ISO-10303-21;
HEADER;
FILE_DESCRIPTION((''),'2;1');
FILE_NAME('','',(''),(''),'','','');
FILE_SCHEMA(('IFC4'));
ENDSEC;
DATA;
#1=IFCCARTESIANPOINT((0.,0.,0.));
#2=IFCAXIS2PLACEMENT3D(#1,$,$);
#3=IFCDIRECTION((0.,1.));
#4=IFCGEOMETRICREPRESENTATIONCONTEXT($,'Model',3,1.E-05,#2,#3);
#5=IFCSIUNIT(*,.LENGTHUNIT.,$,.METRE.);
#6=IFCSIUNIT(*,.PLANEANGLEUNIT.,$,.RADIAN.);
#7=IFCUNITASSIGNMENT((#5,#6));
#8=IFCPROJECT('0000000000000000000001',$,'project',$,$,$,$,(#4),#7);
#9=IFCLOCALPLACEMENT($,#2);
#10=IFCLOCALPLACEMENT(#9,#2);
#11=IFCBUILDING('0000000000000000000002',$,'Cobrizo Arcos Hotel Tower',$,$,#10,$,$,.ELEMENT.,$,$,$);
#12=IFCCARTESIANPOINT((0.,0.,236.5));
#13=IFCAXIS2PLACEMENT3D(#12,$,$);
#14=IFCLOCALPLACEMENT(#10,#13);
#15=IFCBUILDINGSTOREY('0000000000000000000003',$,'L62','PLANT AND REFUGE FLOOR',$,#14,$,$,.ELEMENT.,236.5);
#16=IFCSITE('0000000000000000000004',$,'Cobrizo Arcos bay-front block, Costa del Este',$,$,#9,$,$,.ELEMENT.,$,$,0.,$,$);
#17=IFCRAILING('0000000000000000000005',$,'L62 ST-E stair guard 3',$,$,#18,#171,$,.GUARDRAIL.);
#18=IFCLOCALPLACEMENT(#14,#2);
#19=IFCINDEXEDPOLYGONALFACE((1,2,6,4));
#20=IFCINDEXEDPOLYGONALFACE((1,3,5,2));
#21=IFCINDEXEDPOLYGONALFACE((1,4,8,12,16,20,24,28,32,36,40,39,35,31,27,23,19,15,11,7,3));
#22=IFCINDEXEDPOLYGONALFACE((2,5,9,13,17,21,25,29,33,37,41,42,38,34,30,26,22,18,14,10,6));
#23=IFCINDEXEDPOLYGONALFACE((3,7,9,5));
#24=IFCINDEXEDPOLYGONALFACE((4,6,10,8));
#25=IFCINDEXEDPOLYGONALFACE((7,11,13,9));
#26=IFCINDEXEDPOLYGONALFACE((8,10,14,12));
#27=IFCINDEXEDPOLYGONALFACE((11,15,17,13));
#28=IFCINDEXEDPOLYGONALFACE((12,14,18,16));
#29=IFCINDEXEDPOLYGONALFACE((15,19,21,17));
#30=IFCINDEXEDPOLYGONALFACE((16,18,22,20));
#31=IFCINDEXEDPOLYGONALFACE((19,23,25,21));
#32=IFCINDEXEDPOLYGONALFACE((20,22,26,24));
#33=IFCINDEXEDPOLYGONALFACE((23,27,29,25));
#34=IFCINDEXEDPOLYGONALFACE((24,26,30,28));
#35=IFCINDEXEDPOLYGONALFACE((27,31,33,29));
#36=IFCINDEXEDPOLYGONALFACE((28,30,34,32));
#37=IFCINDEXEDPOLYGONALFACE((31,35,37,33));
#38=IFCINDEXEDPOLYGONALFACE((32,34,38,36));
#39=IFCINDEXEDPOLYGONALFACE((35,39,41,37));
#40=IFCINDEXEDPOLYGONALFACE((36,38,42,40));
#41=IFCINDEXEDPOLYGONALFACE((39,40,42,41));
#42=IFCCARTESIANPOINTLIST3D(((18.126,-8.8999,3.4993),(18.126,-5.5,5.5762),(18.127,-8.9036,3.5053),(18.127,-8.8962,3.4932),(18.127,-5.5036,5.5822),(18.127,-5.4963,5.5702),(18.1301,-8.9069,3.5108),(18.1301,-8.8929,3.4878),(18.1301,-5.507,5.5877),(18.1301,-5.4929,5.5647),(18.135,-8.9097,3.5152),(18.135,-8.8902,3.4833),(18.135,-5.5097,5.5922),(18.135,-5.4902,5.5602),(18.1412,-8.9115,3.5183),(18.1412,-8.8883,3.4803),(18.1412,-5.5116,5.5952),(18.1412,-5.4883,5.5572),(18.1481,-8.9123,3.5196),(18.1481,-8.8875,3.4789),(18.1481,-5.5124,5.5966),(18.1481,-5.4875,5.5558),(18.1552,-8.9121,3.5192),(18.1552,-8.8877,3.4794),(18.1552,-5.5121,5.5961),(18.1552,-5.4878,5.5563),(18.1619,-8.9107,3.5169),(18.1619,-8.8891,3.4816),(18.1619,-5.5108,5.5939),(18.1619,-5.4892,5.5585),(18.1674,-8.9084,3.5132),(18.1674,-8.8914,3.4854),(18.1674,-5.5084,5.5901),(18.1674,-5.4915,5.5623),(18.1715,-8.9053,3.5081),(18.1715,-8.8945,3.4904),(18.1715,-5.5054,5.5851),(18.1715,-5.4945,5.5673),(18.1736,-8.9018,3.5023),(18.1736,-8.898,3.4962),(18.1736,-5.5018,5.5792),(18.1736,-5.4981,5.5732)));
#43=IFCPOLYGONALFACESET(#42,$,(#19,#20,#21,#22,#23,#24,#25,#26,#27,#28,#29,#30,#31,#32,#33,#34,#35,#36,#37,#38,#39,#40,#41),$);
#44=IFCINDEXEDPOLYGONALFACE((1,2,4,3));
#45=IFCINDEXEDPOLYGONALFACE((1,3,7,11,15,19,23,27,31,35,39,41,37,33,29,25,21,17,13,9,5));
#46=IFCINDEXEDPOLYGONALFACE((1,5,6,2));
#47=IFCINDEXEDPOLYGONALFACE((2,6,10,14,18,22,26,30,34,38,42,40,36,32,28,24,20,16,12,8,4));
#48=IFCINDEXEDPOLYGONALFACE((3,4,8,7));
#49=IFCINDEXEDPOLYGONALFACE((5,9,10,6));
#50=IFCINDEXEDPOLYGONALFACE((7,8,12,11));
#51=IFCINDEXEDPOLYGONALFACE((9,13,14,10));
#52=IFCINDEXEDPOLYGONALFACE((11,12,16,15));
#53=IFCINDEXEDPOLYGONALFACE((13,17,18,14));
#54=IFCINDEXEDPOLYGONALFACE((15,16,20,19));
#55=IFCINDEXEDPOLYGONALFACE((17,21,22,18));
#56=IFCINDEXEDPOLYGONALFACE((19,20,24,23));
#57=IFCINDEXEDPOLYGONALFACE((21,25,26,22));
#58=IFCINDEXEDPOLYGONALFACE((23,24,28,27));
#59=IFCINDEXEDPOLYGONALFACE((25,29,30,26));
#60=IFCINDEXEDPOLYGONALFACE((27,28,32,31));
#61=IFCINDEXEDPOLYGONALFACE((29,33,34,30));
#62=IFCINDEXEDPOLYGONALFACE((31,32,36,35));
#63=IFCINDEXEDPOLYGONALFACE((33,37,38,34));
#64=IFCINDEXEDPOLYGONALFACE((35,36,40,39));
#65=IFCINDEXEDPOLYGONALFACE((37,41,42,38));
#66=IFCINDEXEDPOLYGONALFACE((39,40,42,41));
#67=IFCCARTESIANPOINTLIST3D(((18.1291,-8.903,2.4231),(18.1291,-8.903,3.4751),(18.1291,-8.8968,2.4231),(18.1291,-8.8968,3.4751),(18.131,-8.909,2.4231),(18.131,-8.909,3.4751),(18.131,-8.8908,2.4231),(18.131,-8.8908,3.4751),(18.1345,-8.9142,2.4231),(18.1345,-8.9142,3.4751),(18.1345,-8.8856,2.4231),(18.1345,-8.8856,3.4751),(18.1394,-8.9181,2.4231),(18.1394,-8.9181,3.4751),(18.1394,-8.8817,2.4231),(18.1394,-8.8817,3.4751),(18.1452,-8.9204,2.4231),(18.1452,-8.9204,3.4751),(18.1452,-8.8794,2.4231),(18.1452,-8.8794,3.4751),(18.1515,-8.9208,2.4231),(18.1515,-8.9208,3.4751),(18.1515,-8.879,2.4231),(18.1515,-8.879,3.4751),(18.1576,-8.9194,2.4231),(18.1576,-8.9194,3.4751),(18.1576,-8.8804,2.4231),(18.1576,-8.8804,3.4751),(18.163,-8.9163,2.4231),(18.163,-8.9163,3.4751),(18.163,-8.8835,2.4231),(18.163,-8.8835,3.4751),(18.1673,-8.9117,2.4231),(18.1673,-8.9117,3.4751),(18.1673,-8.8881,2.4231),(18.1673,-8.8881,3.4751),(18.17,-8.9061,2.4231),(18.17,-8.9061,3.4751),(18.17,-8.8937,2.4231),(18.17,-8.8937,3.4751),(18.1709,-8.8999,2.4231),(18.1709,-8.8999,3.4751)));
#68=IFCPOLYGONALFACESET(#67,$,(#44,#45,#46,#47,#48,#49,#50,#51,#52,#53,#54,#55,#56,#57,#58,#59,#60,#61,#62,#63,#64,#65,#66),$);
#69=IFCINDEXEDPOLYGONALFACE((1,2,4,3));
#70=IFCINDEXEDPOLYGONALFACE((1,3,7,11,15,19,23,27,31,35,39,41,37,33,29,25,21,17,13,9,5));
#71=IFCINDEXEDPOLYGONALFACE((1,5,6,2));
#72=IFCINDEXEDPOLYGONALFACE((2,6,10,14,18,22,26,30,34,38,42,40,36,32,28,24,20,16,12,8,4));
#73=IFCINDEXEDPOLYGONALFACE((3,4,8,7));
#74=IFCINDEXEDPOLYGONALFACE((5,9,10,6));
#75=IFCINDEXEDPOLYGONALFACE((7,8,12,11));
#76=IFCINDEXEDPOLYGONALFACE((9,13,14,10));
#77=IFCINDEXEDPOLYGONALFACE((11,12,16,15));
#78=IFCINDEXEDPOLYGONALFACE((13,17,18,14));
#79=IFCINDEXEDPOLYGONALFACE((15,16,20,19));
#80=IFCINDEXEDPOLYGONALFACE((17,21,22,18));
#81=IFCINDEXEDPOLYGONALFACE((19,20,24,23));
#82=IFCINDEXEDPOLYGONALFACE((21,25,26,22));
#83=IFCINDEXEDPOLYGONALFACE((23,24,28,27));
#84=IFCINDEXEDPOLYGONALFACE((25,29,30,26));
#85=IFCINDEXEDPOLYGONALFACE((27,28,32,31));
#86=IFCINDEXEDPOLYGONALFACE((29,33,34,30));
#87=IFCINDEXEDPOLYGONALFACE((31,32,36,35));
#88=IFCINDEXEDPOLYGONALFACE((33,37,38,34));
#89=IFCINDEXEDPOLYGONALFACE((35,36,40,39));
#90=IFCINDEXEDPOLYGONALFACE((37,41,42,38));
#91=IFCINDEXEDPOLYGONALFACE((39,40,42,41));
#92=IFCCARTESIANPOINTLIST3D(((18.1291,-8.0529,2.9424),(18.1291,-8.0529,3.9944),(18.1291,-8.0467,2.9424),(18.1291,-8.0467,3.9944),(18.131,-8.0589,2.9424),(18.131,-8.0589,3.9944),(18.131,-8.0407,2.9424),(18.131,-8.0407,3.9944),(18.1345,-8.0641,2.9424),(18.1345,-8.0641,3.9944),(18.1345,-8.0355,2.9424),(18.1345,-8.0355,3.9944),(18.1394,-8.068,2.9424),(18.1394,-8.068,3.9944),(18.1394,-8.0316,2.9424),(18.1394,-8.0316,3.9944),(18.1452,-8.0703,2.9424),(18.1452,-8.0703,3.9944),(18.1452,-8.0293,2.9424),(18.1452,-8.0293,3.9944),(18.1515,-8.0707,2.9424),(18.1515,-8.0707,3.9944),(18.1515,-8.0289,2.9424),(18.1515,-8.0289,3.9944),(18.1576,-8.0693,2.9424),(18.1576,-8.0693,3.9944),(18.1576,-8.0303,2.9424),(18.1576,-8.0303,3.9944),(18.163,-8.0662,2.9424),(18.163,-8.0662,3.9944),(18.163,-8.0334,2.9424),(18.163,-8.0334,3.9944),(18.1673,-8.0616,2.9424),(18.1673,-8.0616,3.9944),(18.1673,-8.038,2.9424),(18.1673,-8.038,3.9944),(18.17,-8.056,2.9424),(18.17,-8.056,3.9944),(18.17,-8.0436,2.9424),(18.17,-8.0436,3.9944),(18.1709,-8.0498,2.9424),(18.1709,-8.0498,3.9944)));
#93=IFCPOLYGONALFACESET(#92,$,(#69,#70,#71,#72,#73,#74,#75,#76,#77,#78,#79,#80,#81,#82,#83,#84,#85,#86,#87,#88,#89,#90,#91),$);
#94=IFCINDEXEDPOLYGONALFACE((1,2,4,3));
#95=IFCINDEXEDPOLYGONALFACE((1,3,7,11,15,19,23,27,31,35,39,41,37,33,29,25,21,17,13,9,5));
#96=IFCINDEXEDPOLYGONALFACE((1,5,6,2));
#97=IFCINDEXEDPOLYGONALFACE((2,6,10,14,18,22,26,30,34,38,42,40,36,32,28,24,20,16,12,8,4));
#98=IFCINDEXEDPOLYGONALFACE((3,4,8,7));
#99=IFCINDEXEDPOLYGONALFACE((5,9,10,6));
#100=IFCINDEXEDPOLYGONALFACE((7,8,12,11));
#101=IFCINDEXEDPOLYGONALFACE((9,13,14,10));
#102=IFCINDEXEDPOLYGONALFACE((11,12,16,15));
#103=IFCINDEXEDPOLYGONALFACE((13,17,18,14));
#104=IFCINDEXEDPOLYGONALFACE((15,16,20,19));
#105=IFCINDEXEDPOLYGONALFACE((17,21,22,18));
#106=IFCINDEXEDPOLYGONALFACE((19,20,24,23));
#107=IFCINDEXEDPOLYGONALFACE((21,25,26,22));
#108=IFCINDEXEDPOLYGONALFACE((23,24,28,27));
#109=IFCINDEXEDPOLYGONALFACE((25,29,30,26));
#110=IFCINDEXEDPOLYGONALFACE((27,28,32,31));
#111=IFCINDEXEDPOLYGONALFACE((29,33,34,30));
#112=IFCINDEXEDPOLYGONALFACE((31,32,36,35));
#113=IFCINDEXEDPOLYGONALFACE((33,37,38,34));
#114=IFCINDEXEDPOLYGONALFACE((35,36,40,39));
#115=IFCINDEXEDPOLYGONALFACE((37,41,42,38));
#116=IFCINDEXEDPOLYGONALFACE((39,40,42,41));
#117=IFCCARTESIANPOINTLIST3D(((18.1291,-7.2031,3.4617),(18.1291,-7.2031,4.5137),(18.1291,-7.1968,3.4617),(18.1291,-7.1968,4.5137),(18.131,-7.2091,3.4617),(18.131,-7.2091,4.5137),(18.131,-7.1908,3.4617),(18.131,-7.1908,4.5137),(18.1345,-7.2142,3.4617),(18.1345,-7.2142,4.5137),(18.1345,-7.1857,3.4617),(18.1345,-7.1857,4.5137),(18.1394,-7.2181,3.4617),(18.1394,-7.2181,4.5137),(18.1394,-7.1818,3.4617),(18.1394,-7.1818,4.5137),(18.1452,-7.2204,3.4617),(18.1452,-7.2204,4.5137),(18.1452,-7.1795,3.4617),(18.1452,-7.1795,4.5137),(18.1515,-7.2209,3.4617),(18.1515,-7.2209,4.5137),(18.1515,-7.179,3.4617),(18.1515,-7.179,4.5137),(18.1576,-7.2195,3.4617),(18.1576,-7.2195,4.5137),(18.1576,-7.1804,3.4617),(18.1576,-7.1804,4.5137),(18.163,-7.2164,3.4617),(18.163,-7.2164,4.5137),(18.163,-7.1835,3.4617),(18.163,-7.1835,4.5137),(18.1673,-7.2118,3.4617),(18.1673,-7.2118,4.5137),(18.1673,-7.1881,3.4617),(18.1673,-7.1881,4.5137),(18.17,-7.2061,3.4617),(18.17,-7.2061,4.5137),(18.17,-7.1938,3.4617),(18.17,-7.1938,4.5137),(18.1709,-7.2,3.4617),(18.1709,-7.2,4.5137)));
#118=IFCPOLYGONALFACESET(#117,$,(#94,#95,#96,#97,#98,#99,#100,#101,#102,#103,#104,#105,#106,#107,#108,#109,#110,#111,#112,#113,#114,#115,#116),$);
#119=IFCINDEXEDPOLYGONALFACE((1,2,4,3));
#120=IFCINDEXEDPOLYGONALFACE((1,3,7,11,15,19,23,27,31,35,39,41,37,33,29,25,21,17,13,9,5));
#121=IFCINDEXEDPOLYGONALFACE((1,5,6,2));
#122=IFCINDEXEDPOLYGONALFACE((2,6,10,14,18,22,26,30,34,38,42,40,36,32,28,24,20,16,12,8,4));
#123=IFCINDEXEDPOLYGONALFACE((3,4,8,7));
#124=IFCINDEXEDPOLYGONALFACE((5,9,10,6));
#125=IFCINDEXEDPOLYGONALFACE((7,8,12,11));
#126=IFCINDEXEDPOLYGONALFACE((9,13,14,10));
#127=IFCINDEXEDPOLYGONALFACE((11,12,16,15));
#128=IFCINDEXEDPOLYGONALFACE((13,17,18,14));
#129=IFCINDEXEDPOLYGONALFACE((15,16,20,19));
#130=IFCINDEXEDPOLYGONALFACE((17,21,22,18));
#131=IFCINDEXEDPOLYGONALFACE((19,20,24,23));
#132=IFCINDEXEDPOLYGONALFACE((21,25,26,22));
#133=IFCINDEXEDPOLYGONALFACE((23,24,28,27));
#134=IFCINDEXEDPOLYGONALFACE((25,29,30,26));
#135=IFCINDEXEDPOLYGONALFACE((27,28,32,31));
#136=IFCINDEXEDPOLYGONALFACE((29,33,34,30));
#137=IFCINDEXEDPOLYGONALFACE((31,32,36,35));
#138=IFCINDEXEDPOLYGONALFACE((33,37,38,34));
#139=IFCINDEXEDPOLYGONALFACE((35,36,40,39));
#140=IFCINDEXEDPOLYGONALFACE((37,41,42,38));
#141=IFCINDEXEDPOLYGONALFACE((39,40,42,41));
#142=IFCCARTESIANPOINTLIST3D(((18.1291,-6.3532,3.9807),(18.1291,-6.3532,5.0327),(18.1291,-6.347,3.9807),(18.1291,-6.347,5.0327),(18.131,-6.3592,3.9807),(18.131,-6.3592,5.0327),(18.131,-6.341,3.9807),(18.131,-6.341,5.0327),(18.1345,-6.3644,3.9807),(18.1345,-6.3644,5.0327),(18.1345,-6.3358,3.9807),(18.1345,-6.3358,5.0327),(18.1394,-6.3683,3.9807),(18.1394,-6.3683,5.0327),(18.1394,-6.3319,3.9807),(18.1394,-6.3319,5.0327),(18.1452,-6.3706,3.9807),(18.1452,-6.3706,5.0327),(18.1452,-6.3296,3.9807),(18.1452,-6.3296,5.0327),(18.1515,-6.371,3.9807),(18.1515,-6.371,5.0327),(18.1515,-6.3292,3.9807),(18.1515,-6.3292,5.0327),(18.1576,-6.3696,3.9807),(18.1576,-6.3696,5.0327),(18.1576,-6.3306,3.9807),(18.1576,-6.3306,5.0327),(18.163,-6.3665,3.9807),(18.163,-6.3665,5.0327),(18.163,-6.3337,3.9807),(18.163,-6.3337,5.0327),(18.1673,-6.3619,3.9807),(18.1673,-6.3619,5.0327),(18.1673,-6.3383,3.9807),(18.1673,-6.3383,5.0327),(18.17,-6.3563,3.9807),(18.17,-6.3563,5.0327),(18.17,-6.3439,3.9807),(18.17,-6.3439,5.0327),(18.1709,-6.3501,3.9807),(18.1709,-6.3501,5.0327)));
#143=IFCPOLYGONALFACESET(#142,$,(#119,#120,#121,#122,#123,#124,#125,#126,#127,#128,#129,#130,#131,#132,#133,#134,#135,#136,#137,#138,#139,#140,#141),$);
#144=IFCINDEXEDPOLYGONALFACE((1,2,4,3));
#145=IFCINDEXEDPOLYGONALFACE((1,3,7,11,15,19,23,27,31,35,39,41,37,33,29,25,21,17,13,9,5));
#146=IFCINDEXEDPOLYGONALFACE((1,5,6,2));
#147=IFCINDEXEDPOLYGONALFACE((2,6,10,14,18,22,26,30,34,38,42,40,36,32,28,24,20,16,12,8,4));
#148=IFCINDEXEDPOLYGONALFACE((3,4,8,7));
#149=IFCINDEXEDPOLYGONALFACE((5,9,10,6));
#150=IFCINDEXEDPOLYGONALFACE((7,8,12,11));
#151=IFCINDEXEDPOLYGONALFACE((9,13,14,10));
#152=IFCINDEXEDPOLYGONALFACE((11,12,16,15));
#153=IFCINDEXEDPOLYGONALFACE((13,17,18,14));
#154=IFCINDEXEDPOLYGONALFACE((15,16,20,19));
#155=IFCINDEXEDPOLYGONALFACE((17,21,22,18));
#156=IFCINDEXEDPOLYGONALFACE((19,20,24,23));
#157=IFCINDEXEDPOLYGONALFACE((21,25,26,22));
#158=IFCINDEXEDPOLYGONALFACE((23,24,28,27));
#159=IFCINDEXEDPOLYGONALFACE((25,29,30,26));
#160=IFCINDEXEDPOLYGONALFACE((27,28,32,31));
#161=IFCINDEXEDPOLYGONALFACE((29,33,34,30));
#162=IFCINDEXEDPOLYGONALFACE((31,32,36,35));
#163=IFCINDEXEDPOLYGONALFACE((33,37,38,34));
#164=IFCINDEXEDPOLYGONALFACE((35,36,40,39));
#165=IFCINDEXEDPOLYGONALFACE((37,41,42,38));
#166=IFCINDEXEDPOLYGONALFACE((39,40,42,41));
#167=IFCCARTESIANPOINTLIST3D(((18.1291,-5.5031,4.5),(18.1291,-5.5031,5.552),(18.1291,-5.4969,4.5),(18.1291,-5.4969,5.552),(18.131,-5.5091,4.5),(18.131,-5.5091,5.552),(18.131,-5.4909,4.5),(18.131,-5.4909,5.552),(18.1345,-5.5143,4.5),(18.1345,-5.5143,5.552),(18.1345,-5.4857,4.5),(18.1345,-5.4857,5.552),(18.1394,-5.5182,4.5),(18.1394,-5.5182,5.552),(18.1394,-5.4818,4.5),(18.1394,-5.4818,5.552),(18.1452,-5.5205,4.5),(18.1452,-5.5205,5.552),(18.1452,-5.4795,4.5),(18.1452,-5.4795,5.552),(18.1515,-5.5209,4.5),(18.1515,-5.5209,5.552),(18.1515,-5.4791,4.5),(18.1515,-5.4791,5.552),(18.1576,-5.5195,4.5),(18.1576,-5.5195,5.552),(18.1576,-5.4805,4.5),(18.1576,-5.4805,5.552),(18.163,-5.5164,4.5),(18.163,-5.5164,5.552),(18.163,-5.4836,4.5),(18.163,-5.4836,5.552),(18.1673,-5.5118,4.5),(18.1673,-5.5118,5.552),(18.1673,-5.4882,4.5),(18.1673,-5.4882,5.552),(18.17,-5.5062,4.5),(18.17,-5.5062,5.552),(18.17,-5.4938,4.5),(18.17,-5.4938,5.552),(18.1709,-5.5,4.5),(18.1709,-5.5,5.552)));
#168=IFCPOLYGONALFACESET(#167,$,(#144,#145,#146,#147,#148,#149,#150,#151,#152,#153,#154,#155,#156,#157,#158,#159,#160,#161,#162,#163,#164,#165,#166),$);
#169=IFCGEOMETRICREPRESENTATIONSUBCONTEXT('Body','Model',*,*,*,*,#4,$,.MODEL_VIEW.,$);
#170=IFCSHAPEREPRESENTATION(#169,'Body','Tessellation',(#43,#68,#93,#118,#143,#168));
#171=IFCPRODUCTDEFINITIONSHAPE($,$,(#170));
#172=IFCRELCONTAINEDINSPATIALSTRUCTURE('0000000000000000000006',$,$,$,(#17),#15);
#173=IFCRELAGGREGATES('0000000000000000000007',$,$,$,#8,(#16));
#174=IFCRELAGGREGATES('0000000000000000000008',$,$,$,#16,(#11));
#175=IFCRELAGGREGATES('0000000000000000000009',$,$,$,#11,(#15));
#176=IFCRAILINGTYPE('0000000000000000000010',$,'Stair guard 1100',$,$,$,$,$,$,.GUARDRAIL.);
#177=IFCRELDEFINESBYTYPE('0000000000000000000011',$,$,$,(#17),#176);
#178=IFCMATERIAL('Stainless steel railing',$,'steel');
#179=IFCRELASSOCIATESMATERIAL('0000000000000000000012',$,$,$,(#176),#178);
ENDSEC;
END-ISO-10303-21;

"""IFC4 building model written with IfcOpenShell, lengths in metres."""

from ifc_helpers import new_model, si_unit, direction, frame, origin, origin_2d, place, context, subcontext, project, spatial, circle, extrude, material, type_object, element, save


model = new_model("IFC4")

# Units and contexts
model_context = context("Model", 3, precision=1e-05, world=origin(), true_north=direction((0.0, 1.0)))
body_context = subcontext(model_context, "Body", "Model", "MODEL_VIEW")
ifc_project = project(units=[si_unit("LENGTHUNIT", "METRE"), si_unit("PLANEANGLEUNIT", "RADIAN")], contexts=[model_context])

# Site, building, storey
site_placement = place(None, origin())
site = spatial("IfcSite", under=ifc_project, at=site_placement, Name="Cobrizo Arcos bay-front block, Costa del Este", CompositionType="ELEMENT", RefElevation=0.0)
building_placement = place(site_placement, origin())
building = spatial("IfcBuilding", under=site, at=building_placement, Name="Cobrizo Arcos Hotel Tower", CompositionType="ELEMENT")
storey_placement = place(building_placement, frame((0.0, 0.0, 236.5)))
storey = spatial("IfcBuildingStorey", under=building, at=storey_placement, Name="L62", Description="PLANT AND REFUGE FLOOR", CompositionType="ELEMENT", Elevation=236.5)

# Railing
ifc_material_1 = material(Name="Stainless steel railing", Category="steel")
railing_type_1 = type_object("IfcRailingType", Name="Stair guard 1100", PredefinedType="GUARDRAIL", material=ifc_material_1)
railing_1_placement = place(storey_placement, frame((18.1499, -8.8999, 2.4231)))
element("IfcRailing", 1, at=railing_1_placement, inside=storey, type_object=railing_type_1, Name="L62 ST-E stair guard 3", PredefinedType="GUARDRAIL", context=body_context, shape_type="SweptSolid", body=[
    extrude(circle(Radius=0.0239, at=origin_2d()), frame((0.0, 0.0, 1.0762), z_axis=(0.0, 0.853373, 0.521301), x_axis=(-1.0, 0.0, 0.0)), (0.0, 0.0, 1.0), 3.9841),
    extrude(circle(Radius=0.021, at=origin_2d()), origin(), (0.0, 0.0, 1.0), 1.052),
    extrude(circle(Radius=0.021, at=origin_2d()), frame((0.0, 0.8501, 0.5193)), (0.0, 0.0, 1.0), 1.052),
    extrude(circle(Radius=0.021, at=origin_2d()), frame((0.0, 1.7, 1.0386)), (0.0, 0.0, 1.0), 1.052),
    extrude(circle(Radius=0.021, at=origin_2d()), frame((0.0, 2.5498, 1.5576)), (0.0, 0.0, 1.0), 1.052),
    extrude(circle(Radius=0.021, at=origin_2d()), frame((0.0, 3.3999, 2.0769)), (0.0, 0.0, 1.0), 1.052),
])

save(model, "model.ifc")
